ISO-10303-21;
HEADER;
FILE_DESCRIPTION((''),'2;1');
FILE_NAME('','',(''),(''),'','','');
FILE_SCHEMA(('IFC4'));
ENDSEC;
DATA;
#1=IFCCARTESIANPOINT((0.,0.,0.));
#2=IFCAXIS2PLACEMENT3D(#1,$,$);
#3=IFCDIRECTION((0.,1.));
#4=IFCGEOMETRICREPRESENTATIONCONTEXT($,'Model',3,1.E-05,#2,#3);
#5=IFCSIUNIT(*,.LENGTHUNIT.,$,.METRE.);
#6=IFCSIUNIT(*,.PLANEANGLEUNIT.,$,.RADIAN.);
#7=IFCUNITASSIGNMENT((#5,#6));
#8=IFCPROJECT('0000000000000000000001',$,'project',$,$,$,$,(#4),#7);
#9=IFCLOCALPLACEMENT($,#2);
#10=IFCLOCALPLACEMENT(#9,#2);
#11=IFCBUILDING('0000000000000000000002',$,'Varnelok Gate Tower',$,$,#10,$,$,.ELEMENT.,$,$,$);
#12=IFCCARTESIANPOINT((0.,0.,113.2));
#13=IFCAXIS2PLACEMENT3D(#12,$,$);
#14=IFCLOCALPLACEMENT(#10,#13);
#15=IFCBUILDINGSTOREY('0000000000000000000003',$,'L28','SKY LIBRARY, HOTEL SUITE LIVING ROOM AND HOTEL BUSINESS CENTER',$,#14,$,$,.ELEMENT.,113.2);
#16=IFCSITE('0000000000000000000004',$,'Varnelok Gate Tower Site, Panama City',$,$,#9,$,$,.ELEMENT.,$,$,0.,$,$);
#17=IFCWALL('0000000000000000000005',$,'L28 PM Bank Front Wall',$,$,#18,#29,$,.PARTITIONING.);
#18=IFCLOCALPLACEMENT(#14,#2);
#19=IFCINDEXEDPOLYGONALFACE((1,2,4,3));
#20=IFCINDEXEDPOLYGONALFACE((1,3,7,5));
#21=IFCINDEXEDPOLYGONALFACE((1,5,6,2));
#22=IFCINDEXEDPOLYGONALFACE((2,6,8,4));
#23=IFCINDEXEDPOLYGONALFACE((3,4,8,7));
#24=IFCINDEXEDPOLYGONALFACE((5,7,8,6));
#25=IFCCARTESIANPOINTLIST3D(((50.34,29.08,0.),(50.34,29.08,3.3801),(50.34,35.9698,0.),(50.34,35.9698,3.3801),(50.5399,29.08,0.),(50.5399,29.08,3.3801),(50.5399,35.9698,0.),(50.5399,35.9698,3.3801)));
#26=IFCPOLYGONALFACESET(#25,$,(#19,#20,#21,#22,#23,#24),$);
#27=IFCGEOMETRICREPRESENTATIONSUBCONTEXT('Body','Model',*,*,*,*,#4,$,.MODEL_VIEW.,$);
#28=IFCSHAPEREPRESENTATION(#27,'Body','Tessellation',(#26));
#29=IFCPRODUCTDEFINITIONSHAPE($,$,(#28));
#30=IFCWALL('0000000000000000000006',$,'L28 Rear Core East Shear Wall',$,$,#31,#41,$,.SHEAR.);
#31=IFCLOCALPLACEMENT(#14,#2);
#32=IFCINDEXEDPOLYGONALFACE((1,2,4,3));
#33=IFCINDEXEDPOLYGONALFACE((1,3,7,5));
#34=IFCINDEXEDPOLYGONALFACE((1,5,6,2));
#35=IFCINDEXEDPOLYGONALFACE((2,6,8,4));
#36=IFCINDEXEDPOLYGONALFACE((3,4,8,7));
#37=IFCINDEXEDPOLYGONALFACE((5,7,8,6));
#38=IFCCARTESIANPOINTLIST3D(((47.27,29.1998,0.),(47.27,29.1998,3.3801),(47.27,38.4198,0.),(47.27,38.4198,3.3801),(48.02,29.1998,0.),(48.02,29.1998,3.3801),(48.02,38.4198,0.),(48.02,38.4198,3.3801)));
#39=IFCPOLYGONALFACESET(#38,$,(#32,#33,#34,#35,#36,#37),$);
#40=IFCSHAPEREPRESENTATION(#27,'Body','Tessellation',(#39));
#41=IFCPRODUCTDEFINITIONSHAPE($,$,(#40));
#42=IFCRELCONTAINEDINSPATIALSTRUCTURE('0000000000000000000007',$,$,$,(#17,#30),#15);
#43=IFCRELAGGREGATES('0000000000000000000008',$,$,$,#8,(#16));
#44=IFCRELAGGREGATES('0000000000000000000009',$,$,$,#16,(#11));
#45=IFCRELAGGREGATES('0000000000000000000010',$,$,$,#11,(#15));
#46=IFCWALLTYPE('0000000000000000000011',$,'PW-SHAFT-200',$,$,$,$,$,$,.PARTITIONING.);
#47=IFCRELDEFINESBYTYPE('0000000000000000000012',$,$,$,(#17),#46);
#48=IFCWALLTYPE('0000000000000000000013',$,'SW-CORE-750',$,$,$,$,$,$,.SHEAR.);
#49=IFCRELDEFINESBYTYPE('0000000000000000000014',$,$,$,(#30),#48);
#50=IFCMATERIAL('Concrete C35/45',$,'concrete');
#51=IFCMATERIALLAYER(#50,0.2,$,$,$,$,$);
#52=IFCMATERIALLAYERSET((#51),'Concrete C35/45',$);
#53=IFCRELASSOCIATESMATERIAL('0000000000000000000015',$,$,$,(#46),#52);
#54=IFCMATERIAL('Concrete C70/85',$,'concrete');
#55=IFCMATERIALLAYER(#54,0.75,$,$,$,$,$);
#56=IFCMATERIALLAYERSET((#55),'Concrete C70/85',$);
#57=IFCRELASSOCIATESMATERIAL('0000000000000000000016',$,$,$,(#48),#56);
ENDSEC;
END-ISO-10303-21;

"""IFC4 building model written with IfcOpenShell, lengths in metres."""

from ifc_helpers import new_model, si_unit, direction, frame, frame_2d, origin, place, context, subcontext, project, spatial, rectangle, extrude, material, layer, layer_set, type_object, element, save


model = new_model("IFC4")

# Units and contexts
model_context = context("Model", 3, precision=1e-05, world=origin(), true_north=direction((0.0, 1.0)))
body_context = subcontext(model_context, "Body", "Model", "MODEL_VIEW")
ifc_project = project(units=[si_unit("LENGTHUNIT", "METRE"), si_unit("PLANEANGLEUNIT", "RADIAN")], contexts=[model_context])

# Site, building, storey
site_placement = place(None, origin())
site = spatial("IfcSite", under=ifc_project, at=site_placement, Name="Varnelok Gate Tower Site, Panama City", CompositionType="ELEMENT", RefElevation=0.0)
building_placement = place(site_placement, origin())
building = spatial("IfcBuilding", under=site, at=building_placement, Name="Varnelok Gate Tower", CompositionType="ELEMENT")
storey_placement = place(building_placement, frame((0.0, 0.0, 113.2)))
storey = spatial("IfcBuildingStorey", under=building, at=storey_placement, Name="L28", Description="SKY LIBRARY, HOTEL SUITE LIVING ROOM AND HOTEL BUSINESS CENTER", CompositionType="ELEMENT", Elevation=113.2)

# Shared definitions
ifc_material_1 = material(Name="Concrete C70/85", Category="concrete")

# Walls
ifc_material_2 = material(Name="Concrete C35/45", Category="concrete")
ifc_layer_1 = layer(ifc_material_2, 0.2)
ifc_layer_set_1 = layer_set([ifc_layer_1], Name="Concrete C35/45")
wall_type_1 = type_object("IfcWallType", Name="PW-SHAFT-200", PredefinedType="PARTITIONING", material=ifc_layer_set_1)
for number, where, z_axis, x_axis, name in (
    (1, (50.4399, 29.0801, 0.0), (0.0, 0.0, 1.0), (0.0, 1.0, 0.0), "L28 PM Bank Front Wall"),
):
    element("IfcWall", number, at=place(storey_placement, frame(where, z_axis=z_axis, x_axis=x_axis)), inside=storey, type_object=wall_type_1, Name=name, PredefinedType="PARTITIONING", context=body_context, shape_type="SweptSolid", body=[
        extrude(rectangle(XDim=6.8899, YDim=0.2, at=frame_2d((3.4448, 0.0))), origin(), (0.0, 0.0, 1.0), 3.3801),
    ])
ifc_layer_2 = layer(ifc_material_1, 0.75)
ifc_layer_set_2 = layer_set([ifc_layer_2], Name="Concrete C70/85")
wall_type_2 = type_object("IfcWallType", Name="SW-CORE-750", PredefinedType="SHEAR", material=ifc_layer_set_2)
wall_1_placement = place(storey_placement, frame((47.645, 29.2, 0.0), z_axis=(0.0, 0.0, 1.0), x_axis=(0.0, 1.0, 0.0)))
element("IfcWall", 2, at=wall_1_placement, inside=storey, type_object=wall_type_2, Name="L28 Rear Core East Shear Wall", PredefinedType="SHEAR", context=body_context, shape_type="SweptSolid", body=[
    extrude(rectangle(XDim=9.22, YDim=0.75, at=frame_2d((4.6099, 0.0))), origin(), (0.0, 0.0, 1.0), 3.3801),
])

save(model, "model.ifc")
